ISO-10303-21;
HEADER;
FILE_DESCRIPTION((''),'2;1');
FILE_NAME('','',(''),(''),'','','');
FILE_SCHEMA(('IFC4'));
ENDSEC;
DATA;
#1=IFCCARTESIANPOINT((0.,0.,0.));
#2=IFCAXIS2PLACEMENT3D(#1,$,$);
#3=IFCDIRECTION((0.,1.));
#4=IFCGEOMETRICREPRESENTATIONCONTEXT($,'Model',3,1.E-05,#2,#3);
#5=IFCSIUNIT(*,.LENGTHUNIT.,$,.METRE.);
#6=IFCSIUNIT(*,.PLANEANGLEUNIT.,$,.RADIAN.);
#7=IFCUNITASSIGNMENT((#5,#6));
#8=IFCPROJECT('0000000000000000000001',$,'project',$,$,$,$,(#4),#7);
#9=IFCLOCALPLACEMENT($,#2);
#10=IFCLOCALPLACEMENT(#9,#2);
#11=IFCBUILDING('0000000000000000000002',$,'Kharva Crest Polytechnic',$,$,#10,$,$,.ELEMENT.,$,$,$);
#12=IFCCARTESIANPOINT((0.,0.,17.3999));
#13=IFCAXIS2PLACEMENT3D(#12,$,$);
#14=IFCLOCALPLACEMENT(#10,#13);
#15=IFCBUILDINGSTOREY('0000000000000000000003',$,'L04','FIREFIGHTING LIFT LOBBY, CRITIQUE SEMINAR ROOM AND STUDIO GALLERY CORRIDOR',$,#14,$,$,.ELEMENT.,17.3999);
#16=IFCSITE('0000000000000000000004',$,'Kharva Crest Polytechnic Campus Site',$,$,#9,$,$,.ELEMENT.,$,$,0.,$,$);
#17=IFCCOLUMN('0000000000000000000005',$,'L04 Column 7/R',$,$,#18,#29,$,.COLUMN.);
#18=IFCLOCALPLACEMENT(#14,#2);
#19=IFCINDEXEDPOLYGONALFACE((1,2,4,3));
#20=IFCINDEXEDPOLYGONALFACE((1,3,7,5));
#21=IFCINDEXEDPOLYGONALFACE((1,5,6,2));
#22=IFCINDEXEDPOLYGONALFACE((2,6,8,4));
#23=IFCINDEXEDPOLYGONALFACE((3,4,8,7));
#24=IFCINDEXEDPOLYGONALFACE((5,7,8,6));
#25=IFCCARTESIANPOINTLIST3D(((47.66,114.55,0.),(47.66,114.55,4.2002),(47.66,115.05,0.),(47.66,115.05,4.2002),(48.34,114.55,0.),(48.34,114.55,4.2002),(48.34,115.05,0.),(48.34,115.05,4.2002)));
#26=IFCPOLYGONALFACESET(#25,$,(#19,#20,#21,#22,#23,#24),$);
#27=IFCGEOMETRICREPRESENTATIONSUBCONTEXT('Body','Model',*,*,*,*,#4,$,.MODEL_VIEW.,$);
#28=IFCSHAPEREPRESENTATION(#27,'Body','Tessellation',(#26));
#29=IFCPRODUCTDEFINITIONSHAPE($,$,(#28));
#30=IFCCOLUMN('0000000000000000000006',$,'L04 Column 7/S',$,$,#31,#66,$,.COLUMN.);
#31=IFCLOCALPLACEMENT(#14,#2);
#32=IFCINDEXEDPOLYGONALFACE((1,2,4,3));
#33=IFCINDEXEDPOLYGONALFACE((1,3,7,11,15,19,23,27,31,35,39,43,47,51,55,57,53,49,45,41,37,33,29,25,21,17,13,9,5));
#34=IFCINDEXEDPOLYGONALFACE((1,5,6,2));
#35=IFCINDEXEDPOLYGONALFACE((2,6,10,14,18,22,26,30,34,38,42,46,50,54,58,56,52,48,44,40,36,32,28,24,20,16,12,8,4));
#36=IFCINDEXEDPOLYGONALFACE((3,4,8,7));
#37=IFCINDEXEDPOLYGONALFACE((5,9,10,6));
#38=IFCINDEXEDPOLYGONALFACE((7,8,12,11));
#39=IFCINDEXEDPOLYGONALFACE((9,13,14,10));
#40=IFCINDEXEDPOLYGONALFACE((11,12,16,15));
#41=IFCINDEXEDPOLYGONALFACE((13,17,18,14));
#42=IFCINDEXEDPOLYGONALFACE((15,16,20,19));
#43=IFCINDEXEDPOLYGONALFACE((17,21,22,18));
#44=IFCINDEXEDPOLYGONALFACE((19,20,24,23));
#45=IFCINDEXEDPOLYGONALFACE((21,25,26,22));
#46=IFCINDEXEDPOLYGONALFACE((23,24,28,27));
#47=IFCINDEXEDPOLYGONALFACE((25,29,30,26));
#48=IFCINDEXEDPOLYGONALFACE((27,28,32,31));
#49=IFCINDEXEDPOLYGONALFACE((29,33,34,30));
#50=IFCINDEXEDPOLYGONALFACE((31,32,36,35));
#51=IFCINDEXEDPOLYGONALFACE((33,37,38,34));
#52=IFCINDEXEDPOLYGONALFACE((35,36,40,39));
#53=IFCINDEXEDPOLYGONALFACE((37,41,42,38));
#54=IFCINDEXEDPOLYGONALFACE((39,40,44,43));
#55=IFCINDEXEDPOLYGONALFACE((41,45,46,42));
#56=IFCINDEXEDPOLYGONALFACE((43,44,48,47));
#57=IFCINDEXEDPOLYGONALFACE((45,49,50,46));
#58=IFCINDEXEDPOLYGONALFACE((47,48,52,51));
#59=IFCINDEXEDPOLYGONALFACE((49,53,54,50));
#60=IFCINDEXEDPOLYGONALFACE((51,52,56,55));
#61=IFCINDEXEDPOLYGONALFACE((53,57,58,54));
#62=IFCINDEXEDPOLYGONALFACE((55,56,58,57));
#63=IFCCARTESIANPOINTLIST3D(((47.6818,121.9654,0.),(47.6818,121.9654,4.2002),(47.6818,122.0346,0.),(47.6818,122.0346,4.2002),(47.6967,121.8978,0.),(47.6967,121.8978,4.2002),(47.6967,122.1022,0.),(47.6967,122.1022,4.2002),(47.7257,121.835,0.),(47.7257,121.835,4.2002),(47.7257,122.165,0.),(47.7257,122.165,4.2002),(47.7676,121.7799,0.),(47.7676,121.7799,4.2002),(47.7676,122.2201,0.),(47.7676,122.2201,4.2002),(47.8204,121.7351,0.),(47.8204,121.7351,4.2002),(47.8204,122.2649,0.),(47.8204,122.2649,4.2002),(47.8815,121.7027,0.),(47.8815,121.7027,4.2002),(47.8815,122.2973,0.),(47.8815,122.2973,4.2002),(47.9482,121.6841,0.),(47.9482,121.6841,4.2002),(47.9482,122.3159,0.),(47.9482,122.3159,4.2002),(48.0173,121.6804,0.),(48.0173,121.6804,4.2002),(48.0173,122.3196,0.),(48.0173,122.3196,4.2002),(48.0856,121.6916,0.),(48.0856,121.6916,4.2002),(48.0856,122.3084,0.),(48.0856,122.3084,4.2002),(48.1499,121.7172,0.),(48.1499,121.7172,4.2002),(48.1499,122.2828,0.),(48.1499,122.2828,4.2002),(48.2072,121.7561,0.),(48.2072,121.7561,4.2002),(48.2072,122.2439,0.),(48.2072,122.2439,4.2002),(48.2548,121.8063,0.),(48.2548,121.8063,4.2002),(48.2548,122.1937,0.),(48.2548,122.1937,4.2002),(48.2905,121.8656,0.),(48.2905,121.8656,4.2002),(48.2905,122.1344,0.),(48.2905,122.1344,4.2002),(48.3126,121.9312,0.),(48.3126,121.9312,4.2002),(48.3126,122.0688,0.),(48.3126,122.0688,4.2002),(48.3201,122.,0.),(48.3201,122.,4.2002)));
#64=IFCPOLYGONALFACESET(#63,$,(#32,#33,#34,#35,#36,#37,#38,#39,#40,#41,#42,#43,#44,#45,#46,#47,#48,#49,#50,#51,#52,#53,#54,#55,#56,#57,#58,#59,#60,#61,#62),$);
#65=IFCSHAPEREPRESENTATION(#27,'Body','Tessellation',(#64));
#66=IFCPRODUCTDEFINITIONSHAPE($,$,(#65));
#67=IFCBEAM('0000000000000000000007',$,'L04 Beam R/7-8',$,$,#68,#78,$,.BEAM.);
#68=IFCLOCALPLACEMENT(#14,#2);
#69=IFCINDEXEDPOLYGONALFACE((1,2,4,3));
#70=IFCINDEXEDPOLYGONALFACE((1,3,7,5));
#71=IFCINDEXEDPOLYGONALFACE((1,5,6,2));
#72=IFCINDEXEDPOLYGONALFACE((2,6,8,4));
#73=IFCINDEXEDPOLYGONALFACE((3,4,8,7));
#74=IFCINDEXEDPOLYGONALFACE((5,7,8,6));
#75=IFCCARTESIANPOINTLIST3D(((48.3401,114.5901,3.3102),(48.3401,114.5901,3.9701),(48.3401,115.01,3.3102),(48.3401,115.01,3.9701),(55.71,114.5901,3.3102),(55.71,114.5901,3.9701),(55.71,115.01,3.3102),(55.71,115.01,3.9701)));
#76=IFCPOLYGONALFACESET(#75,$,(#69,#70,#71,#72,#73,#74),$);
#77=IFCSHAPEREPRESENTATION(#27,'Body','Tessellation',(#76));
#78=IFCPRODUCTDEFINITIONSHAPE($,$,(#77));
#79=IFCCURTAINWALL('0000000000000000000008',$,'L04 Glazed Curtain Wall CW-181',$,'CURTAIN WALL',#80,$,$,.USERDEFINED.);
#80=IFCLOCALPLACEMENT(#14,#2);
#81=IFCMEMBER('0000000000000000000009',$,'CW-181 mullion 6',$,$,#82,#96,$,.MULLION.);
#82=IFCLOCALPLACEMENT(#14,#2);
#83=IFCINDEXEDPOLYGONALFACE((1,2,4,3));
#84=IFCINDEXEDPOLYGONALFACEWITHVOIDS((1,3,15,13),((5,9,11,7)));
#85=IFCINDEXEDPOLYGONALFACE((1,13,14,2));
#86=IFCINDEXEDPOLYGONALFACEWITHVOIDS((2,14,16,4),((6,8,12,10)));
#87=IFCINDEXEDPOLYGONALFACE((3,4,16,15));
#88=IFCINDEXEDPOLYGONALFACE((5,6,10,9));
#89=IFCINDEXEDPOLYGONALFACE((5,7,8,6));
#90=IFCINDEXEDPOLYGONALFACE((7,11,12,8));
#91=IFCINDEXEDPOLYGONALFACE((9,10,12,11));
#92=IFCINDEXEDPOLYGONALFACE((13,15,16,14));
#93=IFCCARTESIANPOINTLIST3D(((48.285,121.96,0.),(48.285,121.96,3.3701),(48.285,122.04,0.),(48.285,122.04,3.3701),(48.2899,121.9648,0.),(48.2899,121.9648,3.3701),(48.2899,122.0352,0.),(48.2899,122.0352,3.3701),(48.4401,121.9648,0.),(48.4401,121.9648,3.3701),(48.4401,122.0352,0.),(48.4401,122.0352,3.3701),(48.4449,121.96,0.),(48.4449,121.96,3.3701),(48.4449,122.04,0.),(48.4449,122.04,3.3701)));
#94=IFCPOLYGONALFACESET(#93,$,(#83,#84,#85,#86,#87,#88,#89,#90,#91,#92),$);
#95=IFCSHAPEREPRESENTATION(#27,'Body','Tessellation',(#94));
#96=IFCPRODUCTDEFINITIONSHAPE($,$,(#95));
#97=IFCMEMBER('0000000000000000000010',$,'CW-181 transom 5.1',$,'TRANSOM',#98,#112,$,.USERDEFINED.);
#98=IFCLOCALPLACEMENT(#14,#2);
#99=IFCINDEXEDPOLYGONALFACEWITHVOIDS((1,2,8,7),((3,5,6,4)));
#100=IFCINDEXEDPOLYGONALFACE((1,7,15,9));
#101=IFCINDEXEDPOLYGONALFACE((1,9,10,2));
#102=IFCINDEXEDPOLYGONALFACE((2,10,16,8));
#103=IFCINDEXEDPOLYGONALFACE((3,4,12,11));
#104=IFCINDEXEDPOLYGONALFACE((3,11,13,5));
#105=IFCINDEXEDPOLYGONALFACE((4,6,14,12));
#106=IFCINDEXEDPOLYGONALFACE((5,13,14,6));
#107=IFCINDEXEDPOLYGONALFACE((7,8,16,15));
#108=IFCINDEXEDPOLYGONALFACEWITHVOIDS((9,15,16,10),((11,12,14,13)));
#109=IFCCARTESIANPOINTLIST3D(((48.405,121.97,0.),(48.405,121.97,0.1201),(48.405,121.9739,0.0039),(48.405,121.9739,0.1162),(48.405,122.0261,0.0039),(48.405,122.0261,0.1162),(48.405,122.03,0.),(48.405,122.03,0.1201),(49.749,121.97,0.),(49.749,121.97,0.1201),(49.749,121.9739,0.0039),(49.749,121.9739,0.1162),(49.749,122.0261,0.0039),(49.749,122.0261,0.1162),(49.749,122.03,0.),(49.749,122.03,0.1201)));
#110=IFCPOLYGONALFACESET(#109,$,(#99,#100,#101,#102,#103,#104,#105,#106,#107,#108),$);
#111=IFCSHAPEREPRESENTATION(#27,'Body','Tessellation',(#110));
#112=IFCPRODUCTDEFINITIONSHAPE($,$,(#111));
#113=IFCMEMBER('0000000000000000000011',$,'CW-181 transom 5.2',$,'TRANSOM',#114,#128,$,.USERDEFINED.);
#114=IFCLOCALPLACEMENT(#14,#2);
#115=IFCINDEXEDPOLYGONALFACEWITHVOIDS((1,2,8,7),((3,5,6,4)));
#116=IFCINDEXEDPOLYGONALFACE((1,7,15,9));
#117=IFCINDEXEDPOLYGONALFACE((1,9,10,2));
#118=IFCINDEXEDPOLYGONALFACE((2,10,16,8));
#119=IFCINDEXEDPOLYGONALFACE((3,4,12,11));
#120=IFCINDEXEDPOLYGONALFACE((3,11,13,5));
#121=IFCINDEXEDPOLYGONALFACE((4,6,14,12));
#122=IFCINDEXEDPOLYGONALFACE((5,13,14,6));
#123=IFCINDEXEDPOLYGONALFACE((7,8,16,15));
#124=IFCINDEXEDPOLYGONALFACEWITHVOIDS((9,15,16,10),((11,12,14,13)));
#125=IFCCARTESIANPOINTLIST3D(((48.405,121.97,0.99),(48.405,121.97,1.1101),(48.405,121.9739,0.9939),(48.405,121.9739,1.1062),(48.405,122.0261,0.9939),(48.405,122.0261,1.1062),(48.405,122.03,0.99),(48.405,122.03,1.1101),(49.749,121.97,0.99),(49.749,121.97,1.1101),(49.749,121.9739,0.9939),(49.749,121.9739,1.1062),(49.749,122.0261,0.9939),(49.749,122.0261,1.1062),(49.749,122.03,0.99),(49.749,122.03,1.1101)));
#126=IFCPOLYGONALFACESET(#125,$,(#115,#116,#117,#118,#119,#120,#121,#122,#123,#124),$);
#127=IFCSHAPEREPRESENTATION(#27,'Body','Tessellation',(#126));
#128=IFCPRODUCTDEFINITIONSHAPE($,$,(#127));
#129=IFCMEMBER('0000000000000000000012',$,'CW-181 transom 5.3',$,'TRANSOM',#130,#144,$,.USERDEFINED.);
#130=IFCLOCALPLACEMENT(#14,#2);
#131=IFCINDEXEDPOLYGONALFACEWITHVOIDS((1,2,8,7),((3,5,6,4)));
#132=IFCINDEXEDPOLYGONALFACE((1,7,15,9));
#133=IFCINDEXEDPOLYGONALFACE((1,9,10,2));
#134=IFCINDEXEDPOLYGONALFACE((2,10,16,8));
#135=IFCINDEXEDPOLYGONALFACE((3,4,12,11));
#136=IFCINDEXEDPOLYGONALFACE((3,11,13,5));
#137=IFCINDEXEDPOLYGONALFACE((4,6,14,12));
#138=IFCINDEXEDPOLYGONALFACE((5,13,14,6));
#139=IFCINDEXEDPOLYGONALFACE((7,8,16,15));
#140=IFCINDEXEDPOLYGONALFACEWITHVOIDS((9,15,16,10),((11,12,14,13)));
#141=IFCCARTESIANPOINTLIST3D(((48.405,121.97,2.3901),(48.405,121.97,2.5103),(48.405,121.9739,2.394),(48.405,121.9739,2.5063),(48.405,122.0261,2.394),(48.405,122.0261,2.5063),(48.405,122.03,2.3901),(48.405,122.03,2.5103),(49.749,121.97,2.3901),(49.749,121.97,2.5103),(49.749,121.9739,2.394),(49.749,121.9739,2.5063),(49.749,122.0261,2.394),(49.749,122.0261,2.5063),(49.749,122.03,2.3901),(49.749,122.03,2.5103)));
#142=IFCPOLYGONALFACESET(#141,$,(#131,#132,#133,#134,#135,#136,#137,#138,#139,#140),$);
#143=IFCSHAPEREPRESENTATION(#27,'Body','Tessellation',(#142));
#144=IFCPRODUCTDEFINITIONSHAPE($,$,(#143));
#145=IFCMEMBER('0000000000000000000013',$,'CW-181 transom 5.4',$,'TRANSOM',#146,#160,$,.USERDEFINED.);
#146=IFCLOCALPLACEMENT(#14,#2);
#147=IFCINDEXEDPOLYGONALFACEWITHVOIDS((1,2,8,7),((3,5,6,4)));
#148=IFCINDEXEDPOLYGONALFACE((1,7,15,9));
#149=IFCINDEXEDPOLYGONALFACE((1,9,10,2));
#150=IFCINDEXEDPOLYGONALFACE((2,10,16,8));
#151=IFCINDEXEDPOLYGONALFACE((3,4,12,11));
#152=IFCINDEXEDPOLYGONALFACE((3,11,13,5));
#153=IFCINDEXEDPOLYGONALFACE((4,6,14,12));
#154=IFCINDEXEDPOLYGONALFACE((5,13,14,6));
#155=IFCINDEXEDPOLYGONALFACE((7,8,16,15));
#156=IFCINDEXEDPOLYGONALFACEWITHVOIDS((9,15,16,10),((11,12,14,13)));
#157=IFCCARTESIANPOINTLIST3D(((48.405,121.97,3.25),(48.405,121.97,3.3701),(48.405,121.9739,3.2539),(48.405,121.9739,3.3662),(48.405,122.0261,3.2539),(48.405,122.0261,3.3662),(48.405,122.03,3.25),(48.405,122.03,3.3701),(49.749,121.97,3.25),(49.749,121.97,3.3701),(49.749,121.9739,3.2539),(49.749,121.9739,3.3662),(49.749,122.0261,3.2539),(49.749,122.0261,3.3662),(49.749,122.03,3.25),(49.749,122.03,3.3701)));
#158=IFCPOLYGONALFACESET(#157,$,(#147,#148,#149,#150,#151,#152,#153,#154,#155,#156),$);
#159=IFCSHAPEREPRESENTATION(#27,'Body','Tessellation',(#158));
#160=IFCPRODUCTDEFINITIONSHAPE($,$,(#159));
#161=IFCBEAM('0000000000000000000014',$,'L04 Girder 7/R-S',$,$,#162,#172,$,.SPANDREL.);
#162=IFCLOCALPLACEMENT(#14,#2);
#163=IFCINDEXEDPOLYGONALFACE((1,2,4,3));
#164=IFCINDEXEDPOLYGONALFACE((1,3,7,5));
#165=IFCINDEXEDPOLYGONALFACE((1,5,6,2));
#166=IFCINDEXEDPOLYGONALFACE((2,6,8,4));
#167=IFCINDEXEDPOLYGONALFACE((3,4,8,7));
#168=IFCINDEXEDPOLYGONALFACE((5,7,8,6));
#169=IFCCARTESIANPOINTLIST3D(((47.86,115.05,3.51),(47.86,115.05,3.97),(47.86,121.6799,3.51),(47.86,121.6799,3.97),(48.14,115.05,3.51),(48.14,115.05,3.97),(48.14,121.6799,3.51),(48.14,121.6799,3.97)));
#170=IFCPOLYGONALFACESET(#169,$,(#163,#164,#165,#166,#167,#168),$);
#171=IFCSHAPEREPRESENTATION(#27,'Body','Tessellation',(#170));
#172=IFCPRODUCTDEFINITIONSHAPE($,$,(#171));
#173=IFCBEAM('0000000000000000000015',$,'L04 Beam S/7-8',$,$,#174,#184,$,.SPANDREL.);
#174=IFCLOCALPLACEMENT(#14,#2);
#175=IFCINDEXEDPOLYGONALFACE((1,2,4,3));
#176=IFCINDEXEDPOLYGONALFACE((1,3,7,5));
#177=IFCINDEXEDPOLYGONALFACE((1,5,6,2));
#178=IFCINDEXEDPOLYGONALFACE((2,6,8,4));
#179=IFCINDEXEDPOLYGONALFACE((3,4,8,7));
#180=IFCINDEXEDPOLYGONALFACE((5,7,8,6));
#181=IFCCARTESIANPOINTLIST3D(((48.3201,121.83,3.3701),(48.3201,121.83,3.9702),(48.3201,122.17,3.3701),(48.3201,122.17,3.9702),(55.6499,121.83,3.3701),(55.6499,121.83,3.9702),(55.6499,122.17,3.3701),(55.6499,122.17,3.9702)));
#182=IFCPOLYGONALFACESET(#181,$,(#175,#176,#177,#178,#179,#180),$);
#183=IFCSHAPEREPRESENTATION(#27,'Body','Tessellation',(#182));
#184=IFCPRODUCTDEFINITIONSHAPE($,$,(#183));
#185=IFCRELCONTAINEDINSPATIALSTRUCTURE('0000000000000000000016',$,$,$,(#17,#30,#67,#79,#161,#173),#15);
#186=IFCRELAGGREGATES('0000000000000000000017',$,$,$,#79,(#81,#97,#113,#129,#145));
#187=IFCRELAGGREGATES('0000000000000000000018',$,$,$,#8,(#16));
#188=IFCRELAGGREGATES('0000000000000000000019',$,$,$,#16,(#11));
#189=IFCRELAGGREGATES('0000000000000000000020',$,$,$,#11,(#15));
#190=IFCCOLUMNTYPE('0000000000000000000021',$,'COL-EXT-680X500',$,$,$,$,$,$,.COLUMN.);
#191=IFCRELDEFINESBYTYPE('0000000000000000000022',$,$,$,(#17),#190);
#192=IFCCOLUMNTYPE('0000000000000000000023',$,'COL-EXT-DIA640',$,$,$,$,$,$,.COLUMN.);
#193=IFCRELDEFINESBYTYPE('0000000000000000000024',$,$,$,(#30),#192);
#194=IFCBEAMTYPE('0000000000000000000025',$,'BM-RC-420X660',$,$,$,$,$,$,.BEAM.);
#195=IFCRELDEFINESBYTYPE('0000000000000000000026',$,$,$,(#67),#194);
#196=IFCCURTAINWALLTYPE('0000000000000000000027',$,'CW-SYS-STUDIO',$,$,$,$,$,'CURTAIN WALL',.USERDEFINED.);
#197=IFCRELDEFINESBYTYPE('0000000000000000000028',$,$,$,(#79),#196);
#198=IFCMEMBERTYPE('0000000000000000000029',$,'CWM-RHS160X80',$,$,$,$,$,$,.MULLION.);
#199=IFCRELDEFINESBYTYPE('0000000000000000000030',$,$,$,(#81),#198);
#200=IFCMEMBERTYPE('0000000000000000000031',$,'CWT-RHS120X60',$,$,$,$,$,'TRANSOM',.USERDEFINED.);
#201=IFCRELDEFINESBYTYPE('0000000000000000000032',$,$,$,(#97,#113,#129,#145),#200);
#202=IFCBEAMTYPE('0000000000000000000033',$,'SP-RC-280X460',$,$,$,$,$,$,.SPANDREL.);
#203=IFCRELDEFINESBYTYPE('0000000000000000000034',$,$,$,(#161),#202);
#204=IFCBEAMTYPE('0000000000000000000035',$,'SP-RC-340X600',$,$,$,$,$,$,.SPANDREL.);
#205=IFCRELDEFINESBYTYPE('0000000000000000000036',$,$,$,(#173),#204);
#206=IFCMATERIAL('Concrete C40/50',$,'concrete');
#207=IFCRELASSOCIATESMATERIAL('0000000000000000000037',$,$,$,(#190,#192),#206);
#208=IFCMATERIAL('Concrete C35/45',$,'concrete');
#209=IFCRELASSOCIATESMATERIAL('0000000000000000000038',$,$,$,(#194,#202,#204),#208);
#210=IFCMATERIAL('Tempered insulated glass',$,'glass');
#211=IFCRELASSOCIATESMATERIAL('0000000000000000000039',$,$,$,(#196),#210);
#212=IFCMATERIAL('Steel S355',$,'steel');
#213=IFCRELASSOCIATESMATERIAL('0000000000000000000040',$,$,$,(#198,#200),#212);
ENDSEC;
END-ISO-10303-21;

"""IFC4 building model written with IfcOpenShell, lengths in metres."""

from ifc_helpers import new_model, si_unit, direction, frame, origin, origin_2d, place, context, subcontext, project, spatial, rectangle, hollow_rectangle, circle, extrude, material, material_profile, profile_set, type_object, element, aggregate, save


model = new_model("IFC4")

# Units and contexts
model_context = context("Model", 3, precision=1e-05, world=origin(), true_north=direction((0.0, 1.0)))
body_context = subcontext(model_context, "Body", "Model", "MODEL_VIEW")
ifc_project = project(units=[si_unit("LENGTHUNIT", "METRE"), si_unit("PLANEANGLEUNIT", "RADIAN")], contexts=[model_context])

# Site, building, storey
site_placement = place(None, origin())
site = spatial("IfcSite", under=ifc_project, at=site_placement, Name="Kharva Crest Polytechnic Campus Site", CompositionType="ELEMENT", RefElevation=0.0)
building_placement = place(site_placement, origin())
building = spatial("IfcBuilding", under=site, at=building_placement, Name="Kharva Crest Polytechnic", CompositionType="ELEMENT")
storey_placement = place(building_placement, frame((0.0, 0.0, 17.3999)))
storey = spatial("IfcBuildingStorey", under=building, at=storey_placement, Name="L04", Description="FIREFIGHTING LIFT LOBBY, CRITIQUE SEMINAR ROOM AND STUDIO GALLERY CORRIDOR", CompositionType="ELEMENT", Elevation=17.3999)

# Columns
ifc_material_1 = material(Name="Concrete C40/50", Category="concrete")
ifc_material_profile_1 = material_profile(ifc_material_1, rectangle(XDim=0.6799, YDim=0.5, at=origin_2d()), Name="RECT 680 X 500")
ifc_profile_set_1 = profile_set([ifc_material_profile_1], Name="Concrete C40/50")
column_type_1 = type_object("IfcColumnType", Name="COL-EXT-680X500", PredefinedType="COLUMN", material=ifc_profile_set_1)
column_1_placement = place(storey_placement, frame((48.0, 114.8, 0.0), z_axis=(0.0, 0.0, 1.0), x_axis=(1.0, 0.0, 0.0)))
element("IfcColumn", 1, at=column_1_placement, inside=storey, type_object=column_type_1, Name="L04 Column 7/R", PredefinedType="COLUMN", context=body_context, shape_type="SweptSolid", body=[
    extrude(rectangle(XDim=0.6799, YDim=0.5, at=origin_2d()), origin(), (0.0, 0.0, 1.0), 4.2002),
])
ifc_material_profile_2 = material_profile(ifc_material_1, circle(Radius=0.3201, at=origin_2d()), Name="DIA 640")
ifc_profile_set_2 = profile_set([ifc_material_profile_2], Name="Concrete C40/50")
column_type_2 = type_object("IfcColumnType", Name="COL-EXT-DIA640", PredefinedType="COLUMN", material=ifc_profile_set_2)
column_2_placement = place(storey_placement, frame((48.0, 122.0, 0.0), z_axis=(0.0, 0.0, 1.0), x_axis=(1.0, 0.0, 0.0)))
element("IfcColumn", 2, at=column_2_placement, inside=storey, type_object=column_type_2, Name="L04 Column 7/S", PredefinedType="COLUMN", context=body_context, shape_type="SweptSolid", body=[
    extrude(circle(Radius=0.3201, at=origin_2d()), origin(), (0.0, 0.0, 1.0), 4.2002),
])

# Beam
ifc_material_2 = material(Name="Concrete C35/45", Category="concrete")
ifc_material_profile_3 = material_profile(ifc_material_2, rectangle(XDim=0.4199, YDim=0.6599, at=origin_2d()), Name="RECT 420 X 660")
ifc_profile_set_3 = profile_set([ifc_material_profile_3], Name="Concrete C35/45")
beam_type_1 = type_object("IfcBeamType", Name="BM-RC-420X660", PredefinedType="BEAM", material=ifc_profile_set_3)
beam_1_placement = place(storey_placement, frame((48.3401, 114.8, 3.6401), z_axis=(1.0, 0.0, 0.0), x_axis=(0.0, 1.0, 0.0)))
element("IfcBeam", 3, at=beam_1_placement, inside=storey, type_object=beam_type_1, Name="L04 Beam R/7-8", PredefinedType="BEAM", context=body_context, shape_type="SweptSolid", body=[
    extrude(rectangle(XDim=0.4199, YDim=0.6599, at=origin_2d()), origin(), (0.0, 0.0, 1.0), 7.3699),
])

# Curtain wall, members
ifc_material_3 = material(Name="Tempered insulated glass", Category="glass")
curtain_wall_type = type_object("IfcCurtainWallType", Name="CW-SYS-STUDIO", ElementType="CURTAIN WALL", PredefinedType="USERDEFINED", material=ifc_material_3)
curtain_wall_placement = place(storey_placement, origin())
curtain_wall = element("IfcCurtainWall", 4, at=curtain_wall_placement, inside=storey, type_object=curtain_wall_type, Name="L04 Glazed Curtain Wall CW-181", ObjectType="CURTAIN WALL", PredefinedType="USERDEFINED")
ifc_material_4 = material(Name="Steel S355", Category="steel")
ifc_material_profile_4 = material_profile(ifc_material_4, hollow_rectangle(XDim=0.0801, YDim=0.1599, WallThickness=0.0049, at=origin_2d()), Name="RHS 160X80X5.0")
ifc_profile_set_4 = profile_set([ifc_material_profile_4], Name="Steel S355")
member_type_1 = type_object("IfcMemberType", Name="CWM-RHS160X80", PredefinedType="MULLION", material=ifc_profile_set_4)
member_1_placement = place(storey_placement, frame((48.365, 122.0, 0.0), z_axis=(0.0, 0.0, 1.0), x_axis=(0.0, -1.0, 0.0)))
member_1 = element("IfcMember", 5, at=member_1_placement, type_object=member_type_1, Name="CW-181 mullion 6", PredefinedType="MULLION", context=body_context, shape_type="SweptSolid", body=[
    extrude(hollow_rectangle(XDim=0.0801, YDim=0.1599, WallThickness=0.0049, at=origin_2d()), origin(), (0.0, 0.0, 1.0), 3.3701),
])
ifc_material_profile_5 = material_profile(ifc_material_4, hollow_rectangle(XDim=0.0601, YDim=0.1201, WallThickness=0.0039, at=origin_2d()), Name="RHS 120X60X4.0")
ifc_profile_set_5 = profile_set([ifc_material_profile_5], Name="Steel S355")
member_type_2 = type_object("IfcMemberType", Name="CWT-RHS120X60", ElementType="TRANSOM", PredefinedType="USERDEFINED", material=ifc_profile_set_5)
member_2_placement = place(storey_placement, frame((49.749, 122.0, 0.0601), z_axis=(-1.0, 0.0, 0.0), x_axis=(0.0, -1.0, 0.0)))
member_2 = element("IfcMember", 6, at=member_2_placement, type_object=member_type_2, Name="CW-181 transom 5.1", ObjectType="TRANSOM", PredefinedType="USERDEFINED", context=body_context, shape_type="SweptSolid", body=[
    extrude(hollow_rectangle(XDim=0.0601, YDim=0.1201, WallThickness=0.0039, at=origin_2d()), origin(), (0.0, 0.0, 1.0), 1.344),
])
member_3_placement = place(storey_placement, frame((49.749, 122.0, 1.05), z_axis=(-1.0, 0.0, 0.0), x_axis=(0.0, -1.0, 0.0)))
member_3 = element("IfcMember", 7, at=member_3_placement, type_object=member_type_2, Name="CW-181 transom 5.2", ObjectType="TRANSOM", PredefinedType="USERDEFINED", context=body_context, shape_type="SweptSolid", body=[
    extrude(hollow_rectangle(XDim=0.0601, YDim=0.1201, WallThickness=0.0039, at=origin_2d()), origin(), (0.0, 0.0, 1.0), 1.344),
])
member_4_placement = place(storey_placement, frame((49.749, 122.0, 2.4502), z_axis=(-1.0, 0.0, 0.0), x_axis=(0.0, -1.0, 0.0)))
member_4 = element("IfcMember", 8, at=member_4_placement, type_object=member_type_2, Name="CW-181 transom 5.3", ObjectType="TRANSOM", PredefinedType="USERDEFINED", context=body_context, shape_type="SweptSolid", body=[
    extrude(hollow_rectangle(XDim=0.0601, YDim=0.1201, WallThickness=0.0039, at=origin_2d()), origin(), (0.0, 0.0, 1.0), 1.344),
])
member_5_placement = place(storey_placement, frame((49.749, 122.0, 3.3101), z_axis=(-1.0, 0.0, 0.0), x_axis=(0.0, -1.0, 0.0)))
member_5 = element("IfcMember", 9, at=member_5_placement, type_object=member_type_2, Name="CW-181 transom 5.4", ObjectType="TRANSOM", PredefinedType="USERDEFINED", context=body_context, shape_type="SweptSolid", body=[
    extrude(hollow_rectangle(XDim=0.0601, YDim=0.1201, WallThickness=0.0039, at=origin_2d()), origin(), (0.0, 0.0, 1.0), 1.344),
])

# Beams
ifc_material_profile_6 = material_profile(ifc_material_2, rectangle(XDim=0.28, YDim=0.46, at=origin_2d()), Name="RECT 280 X 460")
ifc_profile_set_6 = profile_set([ifc_material_profile_6], Name="Concrete C35/45")
beam_type_2 = type_object("IfcBeamType", Name="SP-RC-280X460", PredefinedType="SPANDREL", material=ifc_profile_set_6)
beam_2_placement = place(storey_placement, frame((48.0, 115.05, 3.74), z_axis=(0.0, 1.0, 0.0), x_axis=(-1.0, 0.0, 0.0)))
element("IfcBeam", 10, at=beam_2_placement, inside=storey, type_object=beam_type_2, Name="L04 Girder 7/R-S", PredefinedType="SPANDREL", context=body_context, shape_type="SweptSolid", body=[
    extrude(rectangle(XDim=0.28, YDim=0.46, at=origin_2d()), origin(), (0.0, 0.0, 1.0), 6.6299),
])
ifc_material_profile_7 = material_profile(ifc_material_2, rectangle(XDim=0.3401, YDim=0.6001, at=origin_2d()), Name="RECT 340 X 600")
ifc_profile_set_7 = profile_set([ifc_material_profile_7], Name="Concrete C35/45")
beam_type_3 = type_object("IfcBeamType", Name="SP-RC-340X600", PredefinedType="SPANDREL", material=ifc_profile_set_7)
beam_3_placement = place(storey_placement, frame((48.3201, 122.0, 3.6702), z_axis=(1.0, 0.0, 0.0), x_axis=(0.0, 1.0, 0.0)))
element("IfcBeam", 11, at=beam_3_placement, inside=storey, type_object=beam_type_3, Name="L04 Beam S/7-8", PredefinedType="SPANDREL", context=body_context, shape_type="SweptSolid", body=[
    extrude(rectangle(XDim=0.3401, YDim=0.6001, at=origin_2d()), origin(), (0.0, 0.0, 1.0), 7.3298),
])

aggregate(curtain_wall, [member_1, member_2, member_3, member_4, member_5])

save(model, "model.ifc")
